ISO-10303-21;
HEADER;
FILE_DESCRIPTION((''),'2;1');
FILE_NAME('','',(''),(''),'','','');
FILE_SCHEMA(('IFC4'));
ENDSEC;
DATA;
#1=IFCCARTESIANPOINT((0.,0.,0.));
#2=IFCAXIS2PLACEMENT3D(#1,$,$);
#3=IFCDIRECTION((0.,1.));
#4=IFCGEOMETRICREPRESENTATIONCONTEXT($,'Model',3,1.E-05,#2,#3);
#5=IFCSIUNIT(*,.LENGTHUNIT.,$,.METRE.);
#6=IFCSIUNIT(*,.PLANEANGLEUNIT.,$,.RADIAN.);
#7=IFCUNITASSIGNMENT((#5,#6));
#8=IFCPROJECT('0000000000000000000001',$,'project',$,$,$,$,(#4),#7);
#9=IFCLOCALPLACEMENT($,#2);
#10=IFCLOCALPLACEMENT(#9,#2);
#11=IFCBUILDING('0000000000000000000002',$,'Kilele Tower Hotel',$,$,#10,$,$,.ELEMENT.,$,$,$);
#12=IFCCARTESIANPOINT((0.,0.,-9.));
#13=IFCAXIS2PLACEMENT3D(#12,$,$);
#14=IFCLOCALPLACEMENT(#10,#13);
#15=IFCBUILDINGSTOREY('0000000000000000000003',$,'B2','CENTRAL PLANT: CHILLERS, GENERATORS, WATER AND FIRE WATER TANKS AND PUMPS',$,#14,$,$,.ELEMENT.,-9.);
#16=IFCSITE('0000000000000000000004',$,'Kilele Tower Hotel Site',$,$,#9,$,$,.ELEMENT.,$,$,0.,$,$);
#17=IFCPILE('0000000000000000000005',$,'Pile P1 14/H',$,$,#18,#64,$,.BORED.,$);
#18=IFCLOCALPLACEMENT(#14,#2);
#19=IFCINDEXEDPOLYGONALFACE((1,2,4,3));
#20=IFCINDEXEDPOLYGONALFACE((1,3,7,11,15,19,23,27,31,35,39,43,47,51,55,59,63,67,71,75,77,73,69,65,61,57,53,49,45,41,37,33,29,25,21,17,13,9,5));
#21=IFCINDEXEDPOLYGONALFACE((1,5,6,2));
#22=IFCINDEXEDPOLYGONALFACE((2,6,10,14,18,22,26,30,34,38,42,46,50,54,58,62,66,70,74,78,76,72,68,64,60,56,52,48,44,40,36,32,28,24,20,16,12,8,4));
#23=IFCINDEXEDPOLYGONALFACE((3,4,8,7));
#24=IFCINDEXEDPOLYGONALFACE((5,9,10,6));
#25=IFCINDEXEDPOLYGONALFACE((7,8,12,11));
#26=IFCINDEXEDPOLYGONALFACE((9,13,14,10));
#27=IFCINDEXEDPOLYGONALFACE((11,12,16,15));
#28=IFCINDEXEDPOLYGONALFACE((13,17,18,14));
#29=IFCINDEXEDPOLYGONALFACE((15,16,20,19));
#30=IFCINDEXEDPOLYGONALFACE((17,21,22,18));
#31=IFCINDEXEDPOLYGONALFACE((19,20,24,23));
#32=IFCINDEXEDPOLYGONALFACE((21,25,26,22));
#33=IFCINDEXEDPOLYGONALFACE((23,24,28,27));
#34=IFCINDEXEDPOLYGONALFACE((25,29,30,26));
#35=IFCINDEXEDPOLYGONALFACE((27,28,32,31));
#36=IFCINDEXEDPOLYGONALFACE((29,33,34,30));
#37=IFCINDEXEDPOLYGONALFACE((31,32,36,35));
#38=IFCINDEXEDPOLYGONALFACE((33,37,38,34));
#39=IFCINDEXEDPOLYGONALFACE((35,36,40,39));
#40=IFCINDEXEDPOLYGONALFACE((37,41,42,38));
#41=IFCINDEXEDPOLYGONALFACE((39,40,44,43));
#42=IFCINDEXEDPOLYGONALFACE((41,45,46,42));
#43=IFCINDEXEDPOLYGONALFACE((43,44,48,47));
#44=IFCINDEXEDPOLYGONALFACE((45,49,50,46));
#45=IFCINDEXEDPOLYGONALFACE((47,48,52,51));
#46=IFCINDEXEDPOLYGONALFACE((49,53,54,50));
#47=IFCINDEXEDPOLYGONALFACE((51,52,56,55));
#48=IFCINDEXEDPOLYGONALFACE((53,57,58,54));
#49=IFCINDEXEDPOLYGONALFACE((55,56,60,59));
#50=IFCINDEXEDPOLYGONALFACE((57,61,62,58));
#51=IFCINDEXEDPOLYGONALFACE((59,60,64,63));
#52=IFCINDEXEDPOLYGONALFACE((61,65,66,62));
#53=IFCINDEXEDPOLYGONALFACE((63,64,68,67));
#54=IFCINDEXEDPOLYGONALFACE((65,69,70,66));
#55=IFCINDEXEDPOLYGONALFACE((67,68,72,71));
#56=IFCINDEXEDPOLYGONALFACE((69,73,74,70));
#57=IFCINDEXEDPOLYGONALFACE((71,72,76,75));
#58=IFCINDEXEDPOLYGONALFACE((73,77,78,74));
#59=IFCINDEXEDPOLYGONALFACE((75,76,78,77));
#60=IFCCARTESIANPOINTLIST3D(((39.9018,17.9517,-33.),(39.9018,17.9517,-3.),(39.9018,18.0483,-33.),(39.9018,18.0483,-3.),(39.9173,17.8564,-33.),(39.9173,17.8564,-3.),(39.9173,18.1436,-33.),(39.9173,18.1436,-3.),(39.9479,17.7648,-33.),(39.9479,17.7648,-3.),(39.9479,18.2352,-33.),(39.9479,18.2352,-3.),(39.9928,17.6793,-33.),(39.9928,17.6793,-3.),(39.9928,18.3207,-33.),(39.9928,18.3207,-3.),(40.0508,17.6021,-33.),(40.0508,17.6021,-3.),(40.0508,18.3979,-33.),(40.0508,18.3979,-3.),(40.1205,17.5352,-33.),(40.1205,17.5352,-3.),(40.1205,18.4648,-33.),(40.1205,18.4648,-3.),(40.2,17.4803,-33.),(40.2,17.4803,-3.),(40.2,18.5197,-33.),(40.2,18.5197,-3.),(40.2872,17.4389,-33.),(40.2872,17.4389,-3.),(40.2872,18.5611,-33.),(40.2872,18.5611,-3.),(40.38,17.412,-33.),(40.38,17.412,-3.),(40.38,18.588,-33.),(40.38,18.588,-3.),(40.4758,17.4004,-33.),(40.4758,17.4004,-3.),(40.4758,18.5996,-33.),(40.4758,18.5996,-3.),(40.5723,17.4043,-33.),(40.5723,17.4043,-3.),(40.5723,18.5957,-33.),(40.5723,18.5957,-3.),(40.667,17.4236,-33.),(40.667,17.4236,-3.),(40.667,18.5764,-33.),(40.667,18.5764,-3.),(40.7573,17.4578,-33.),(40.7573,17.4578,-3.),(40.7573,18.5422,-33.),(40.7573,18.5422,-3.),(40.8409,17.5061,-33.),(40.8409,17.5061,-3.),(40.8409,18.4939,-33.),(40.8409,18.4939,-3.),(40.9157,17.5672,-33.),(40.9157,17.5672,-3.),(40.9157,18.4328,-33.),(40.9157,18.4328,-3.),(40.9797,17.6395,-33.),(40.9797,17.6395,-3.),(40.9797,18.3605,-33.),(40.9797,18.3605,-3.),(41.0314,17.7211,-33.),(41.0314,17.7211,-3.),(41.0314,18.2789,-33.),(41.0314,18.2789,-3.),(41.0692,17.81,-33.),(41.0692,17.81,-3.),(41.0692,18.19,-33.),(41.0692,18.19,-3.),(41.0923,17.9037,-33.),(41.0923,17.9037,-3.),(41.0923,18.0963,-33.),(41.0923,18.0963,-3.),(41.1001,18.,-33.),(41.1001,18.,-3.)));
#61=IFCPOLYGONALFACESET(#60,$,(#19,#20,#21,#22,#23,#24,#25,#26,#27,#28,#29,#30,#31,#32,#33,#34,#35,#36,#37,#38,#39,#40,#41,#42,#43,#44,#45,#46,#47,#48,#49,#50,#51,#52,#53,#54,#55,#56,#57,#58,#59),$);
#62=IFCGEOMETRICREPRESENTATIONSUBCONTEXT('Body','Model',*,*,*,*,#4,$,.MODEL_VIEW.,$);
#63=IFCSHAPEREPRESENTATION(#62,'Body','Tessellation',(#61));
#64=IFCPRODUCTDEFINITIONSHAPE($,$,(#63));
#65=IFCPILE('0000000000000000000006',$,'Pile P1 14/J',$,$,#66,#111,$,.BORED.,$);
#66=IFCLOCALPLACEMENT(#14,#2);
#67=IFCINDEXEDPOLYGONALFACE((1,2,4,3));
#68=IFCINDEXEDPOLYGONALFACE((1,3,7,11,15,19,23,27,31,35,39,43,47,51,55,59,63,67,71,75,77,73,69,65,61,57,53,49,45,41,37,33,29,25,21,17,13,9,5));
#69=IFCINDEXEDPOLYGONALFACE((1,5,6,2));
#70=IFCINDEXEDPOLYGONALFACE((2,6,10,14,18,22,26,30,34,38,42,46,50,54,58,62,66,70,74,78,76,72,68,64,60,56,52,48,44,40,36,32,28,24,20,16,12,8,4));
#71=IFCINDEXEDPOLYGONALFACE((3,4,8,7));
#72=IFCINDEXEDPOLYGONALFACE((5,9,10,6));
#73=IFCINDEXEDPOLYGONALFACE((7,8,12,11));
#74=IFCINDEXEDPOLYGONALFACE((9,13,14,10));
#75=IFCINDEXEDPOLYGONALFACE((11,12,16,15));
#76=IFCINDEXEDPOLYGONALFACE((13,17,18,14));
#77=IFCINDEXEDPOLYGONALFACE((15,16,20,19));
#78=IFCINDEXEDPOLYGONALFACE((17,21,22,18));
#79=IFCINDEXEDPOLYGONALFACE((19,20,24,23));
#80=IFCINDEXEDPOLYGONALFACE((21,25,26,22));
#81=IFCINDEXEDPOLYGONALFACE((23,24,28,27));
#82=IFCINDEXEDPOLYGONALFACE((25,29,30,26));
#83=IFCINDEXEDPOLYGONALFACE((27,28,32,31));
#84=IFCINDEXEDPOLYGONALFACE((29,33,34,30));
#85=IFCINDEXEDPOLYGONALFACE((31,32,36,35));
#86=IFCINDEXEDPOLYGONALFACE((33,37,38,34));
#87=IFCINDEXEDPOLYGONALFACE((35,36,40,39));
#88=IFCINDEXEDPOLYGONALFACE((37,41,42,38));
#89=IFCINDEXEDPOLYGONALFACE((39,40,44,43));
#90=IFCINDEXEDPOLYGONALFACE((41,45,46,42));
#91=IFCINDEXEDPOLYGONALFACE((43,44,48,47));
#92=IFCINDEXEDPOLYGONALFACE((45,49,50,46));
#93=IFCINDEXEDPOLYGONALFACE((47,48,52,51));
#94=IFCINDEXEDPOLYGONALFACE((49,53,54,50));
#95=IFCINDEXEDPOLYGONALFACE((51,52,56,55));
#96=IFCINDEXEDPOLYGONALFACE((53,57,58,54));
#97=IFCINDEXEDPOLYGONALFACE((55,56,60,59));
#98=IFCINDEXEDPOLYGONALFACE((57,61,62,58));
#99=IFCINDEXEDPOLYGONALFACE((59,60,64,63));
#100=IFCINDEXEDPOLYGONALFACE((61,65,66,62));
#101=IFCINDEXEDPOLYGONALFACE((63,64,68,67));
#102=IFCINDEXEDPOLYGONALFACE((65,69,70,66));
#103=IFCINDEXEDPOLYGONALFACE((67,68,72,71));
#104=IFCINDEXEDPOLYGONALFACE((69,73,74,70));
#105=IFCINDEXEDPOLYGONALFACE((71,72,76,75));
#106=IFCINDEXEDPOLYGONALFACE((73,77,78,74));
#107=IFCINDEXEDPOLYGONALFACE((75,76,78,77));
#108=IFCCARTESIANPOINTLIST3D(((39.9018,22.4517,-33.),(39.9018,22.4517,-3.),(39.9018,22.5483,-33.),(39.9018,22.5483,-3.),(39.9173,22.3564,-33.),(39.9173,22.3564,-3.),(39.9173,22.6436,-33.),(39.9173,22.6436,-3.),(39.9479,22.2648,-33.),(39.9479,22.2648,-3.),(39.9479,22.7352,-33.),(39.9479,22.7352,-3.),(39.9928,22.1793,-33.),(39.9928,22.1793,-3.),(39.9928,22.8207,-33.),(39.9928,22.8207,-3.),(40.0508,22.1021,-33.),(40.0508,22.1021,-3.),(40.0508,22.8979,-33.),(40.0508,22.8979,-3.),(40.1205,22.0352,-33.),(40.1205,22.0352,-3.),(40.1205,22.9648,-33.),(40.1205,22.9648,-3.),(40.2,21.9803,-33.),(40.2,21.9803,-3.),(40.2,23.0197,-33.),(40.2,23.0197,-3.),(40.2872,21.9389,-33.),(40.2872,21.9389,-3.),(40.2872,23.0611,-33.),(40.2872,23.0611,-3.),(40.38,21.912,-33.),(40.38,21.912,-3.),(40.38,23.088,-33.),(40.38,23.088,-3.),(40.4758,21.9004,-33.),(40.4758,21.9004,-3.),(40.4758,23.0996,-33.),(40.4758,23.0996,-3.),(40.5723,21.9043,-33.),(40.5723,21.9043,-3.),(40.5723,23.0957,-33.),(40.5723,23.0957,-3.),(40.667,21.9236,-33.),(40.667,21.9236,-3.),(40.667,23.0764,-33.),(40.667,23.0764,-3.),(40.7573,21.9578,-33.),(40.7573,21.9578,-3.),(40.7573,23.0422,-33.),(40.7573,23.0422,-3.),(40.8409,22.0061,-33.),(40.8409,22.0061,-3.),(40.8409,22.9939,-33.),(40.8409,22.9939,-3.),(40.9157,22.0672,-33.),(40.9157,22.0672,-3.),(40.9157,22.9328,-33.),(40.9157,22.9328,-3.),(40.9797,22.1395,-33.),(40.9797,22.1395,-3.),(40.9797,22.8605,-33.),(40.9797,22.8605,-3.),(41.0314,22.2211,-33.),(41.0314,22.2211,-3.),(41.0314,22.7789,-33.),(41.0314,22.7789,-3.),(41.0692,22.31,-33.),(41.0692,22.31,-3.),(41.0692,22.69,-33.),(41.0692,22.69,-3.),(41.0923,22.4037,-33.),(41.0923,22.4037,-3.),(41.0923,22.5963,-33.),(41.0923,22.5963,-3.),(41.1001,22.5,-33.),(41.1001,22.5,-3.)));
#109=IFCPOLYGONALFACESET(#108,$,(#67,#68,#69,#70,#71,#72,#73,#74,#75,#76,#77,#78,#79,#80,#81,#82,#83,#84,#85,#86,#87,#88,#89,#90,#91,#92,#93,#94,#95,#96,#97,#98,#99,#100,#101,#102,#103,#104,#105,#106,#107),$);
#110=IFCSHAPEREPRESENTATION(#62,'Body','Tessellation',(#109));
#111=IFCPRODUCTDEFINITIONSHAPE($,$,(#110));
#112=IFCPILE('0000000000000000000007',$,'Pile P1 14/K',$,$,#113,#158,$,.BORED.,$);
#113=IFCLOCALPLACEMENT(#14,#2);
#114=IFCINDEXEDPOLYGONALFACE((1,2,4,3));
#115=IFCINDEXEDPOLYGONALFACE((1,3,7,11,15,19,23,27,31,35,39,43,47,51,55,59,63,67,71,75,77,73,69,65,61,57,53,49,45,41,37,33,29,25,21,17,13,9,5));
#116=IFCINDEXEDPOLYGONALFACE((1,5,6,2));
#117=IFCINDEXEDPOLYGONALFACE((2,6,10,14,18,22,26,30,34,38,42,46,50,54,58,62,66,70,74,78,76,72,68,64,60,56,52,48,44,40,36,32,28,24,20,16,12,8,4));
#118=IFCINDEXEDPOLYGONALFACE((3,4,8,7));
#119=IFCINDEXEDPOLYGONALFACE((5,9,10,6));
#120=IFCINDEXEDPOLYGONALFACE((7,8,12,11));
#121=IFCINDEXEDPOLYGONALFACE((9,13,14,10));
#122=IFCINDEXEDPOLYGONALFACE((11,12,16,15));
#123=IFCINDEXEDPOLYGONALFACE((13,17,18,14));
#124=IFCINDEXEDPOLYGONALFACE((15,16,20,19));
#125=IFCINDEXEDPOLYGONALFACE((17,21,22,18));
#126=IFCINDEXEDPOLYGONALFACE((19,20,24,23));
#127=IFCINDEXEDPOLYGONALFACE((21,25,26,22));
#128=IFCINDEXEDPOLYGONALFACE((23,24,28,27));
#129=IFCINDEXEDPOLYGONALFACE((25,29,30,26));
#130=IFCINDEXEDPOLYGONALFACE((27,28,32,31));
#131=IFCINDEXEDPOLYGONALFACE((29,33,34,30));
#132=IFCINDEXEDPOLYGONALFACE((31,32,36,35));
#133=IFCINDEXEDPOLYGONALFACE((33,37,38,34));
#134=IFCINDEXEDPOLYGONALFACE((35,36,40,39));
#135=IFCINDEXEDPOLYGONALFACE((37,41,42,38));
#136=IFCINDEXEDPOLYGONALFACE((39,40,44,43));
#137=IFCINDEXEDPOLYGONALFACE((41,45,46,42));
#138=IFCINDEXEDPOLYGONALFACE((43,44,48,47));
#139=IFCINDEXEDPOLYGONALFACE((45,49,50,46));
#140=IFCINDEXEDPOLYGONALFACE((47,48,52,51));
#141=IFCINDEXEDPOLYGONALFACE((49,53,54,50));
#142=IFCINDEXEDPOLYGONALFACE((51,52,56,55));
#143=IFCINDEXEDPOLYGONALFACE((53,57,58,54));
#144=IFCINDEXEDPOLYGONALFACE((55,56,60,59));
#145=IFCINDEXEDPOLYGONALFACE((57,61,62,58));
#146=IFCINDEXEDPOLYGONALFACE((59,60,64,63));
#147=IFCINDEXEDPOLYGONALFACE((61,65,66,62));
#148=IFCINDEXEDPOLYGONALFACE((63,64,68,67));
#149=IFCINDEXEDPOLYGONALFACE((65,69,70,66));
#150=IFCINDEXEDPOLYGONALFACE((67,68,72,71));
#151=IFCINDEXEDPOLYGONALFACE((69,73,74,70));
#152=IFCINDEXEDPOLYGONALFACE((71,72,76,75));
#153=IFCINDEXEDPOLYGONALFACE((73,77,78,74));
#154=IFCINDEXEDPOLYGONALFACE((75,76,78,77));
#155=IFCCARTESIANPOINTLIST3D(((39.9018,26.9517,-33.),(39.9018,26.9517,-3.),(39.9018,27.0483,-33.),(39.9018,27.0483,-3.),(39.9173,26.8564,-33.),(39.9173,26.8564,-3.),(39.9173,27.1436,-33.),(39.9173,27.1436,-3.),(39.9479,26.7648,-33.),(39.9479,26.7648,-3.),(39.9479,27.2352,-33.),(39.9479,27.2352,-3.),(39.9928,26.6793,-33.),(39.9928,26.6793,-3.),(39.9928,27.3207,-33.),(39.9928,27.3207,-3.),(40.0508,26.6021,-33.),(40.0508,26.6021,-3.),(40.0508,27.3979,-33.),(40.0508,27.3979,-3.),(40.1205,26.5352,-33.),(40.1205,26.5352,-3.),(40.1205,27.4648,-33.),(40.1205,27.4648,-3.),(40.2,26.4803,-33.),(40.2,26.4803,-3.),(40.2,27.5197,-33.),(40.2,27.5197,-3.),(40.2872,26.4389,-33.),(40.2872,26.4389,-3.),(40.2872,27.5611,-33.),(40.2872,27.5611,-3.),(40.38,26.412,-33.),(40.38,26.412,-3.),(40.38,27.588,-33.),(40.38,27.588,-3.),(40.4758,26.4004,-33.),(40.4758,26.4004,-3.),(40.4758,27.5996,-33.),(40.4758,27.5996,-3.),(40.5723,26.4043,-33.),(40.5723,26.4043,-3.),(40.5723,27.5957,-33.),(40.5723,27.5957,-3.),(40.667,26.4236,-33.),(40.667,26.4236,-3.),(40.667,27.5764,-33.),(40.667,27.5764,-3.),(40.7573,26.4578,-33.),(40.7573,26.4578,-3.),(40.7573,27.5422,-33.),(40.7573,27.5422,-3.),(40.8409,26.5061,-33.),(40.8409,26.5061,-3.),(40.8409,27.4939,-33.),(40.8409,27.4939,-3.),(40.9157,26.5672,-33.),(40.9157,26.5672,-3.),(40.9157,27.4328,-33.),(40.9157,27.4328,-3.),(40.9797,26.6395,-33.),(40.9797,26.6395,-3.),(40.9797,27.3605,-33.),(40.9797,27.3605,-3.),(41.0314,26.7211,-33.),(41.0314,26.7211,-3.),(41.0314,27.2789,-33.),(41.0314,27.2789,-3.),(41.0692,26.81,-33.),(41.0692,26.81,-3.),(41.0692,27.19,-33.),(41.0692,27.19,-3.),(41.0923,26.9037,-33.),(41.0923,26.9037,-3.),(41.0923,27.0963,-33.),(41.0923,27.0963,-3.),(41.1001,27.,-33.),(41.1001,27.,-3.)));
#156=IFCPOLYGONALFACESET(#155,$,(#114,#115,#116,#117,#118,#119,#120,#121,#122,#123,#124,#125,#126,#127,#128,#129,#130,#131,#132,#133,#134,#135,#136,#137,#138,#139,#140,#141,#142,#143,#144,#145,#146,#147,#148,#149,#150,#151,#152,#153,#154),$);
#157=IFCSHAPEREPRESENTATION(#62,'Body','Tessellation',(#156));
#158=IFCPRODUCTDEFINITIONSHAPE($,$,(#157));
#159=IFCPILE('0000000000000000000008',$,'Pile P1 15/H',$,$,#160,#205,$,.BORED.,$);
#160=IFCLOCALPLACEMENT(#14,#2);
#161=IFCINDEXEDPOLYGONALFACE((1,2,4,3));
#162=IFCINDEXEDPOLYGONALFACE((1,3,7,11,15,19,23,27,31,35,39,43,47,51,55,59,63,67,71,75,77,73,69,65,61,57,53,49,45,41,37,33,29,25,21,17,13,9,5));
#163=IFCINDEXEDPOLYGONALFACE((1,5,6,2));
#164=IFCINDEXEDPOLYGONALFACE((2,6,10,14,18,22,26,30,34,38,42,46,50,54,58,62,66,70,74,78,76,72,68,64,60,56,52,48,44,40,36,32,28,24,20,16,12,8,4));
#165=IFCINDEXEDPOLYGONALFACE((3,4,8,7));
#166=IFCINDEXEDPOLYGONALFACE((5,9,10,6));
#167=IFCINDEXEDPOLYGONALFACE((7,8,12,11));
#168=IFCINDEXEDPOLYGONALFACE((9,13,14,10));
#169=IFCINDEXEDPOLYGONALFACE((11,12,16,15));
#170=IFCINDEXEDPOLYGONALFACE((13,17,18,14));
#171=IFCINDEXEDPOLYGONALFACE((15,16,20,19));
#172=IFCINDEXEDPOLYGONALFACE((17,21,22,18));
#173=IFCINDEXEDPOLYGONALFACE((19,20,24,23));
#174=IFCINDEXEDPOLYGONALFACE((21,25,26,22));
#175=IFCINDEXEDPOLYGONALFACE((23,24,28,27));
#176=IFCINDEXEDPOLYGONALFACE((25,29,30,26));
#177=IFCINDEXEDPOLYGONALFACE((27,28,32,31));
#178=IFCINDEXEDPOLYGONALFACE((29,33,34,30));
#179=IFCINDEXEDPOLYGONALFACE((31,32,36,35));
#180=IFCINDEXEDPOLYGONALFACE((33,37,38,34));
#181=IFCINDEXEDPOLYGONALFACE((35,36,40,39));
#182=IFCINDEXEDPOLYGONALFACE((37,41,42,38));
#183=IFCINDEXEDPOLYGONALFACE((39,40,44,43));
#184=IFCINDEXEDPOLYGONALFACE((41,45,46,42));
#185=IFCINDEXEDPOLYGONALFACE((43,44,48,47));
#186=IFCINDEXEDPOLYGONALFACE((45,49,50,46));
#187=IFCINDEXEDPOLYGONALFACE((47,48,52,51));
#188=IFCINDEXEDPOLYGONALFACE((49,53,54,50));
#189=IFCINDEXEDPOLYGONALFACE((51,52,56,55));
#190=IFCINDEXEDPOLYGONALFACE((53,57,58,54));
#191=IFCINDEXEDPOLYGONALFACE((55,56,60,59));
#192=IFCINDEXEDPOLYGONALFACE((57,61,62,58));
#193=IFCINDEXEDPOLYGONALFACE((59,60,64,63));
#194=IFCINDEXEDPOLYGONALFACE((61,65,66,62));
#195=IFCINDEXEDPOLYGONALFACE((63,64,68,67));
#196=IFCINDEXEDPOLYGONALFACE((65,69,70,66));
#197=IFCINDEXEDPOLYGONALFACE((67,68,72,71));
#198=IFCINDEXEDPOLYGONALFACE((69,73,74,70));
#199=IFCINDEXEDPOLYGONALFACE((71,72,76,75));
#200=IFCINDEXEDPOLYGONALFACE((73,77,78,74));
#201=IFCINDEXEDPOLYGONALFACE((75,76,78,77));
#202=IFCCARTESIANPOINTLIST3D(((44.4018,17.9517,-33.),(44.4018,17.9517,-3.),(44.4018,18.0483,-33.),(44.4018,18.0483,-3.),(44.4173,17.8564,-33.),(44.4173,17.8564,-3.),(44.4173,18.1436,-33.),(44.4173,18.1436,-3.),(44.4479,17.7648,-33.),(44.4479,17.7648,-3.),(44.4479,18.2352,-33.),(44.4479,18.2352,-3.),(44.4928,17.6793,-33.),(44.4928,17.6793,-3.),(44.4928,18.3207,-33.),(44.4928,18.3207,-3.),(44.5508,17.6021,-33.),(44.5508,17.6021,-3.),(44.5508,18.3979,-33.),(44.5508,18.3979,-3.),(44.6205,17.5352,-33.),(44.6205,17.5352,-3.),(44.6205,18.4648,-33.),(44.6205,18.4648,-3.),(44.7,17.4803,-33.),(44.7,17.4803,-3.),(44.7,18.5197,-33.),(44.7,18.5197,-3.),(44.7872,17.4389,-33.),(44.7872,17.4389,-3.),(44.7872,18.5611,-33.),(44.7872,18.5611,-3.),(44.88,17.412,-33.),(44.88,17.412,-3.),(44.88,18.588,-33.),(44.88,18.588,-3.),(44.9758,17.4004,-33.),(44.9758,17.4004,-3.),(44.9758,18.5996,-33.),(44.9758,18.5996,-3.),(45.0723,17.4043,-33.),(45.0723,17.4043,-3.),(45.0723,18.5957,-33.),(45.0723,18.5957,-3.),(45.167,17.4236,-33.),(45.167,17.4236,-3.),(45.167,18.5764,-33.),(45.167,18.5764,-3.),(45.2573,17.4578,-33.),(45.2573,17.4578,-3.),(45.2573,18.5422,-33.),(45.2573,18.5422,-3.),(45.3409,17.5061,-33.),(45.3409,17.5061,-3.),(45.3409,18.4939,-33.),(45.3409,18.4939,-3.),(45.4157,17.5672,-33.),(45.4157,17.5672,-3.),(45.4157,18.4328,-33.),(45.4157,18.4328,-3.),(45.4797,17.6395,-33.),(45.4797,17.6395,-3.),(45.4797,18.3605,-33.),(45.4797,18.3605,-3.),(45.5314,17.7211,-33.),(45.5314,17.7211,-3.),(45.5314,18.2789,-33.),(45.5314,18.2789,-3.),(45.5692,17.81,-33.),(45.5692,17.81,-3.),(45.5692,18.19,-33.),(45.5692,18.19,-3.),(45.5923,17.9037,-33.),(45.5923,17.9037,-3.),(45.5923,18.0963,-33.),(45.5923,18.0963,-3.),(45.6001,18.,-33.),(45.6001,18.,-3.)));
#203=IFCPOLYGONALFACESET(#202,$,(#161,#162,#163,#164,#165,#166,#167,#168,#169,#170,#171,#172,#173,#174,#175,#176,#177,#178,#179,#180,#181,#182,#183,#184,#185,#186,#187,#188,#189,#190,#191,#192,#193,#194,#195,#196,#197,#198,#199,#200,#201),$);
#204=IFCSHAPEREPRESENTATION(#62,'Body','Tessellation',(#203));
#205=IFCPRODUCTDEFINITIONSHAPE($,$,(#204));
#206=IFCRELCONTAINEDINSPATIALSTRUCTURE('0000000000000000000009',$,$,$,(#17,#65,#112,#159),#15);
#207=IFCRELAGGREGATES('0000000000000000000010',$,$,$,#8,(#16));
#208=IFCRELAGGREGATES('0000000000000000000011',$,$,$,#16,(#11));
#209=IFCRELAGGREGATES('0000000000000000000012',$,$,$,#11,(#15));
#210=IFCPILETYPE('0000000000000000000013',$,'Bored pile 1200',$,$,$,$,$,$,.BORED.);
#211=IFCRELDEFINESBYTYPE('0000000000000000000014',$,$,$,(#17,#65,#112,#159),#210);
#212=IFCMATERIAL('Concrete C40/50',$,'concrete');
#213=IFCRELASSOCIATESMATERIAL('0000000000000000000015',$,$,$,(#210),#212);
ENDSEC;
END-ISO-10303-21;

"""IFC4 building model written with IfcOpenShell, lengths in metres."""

from ifc_helpers import new_model, si_unit, direction, frame, origin, origin_2d, place, context, subcontext, project, spatial, circle, extrude, material, material_profile, profile_set, type_object, element, save


model = new_model("IFC4")

# Units and contexts
model_context = context("Model", 3, precision=1e-05, world=origin(), true_north=direction((0.0, 1.0)))
body_context = subcontext(model_context, "Body", "Model", "MODEL_VIEW")
ifc_project = project(units=[si_unit("LENGTHUNIT", "METRE"), si_unit("PLANEANGLEUNIT", "RADIAN")], contexts=[model_context])

# Site, building, storey
site_placement = place(None, origin())
site = spatial("IfcSite", under=ifc_project, at=site_placement, Name="Kilele Tower Hotel Site", CompositionType="ELEMENT", RefElevation=0.0)
building_placement = place(site_placement, origin())
building = spatial("IfcBuilding", under=site, at=building_placement, Name="Kilele Tower Hotel", CompositionType="ELEMENT")
storey_placement = place(building_placement, frame((0.0, 0.0, -9.0)))
storey = spatial("IfcBuildingStorey", under=building, at=storey_placement, Name="B2", Description="CENTRAL PLANT: CHILLERS, GENERATORS, WATER AND FIRE WATER TANKS AND PUMPS", CompositionType="ELEMENT", Elevation=-9.0)

# Piles
ifc_material_1 = material(Name="Concrete C40/50", Category="concrete")
ifc_material_profile_1 = material_profile(ifc_material_1, circle(Radius=0.6001, at=origin_2d()))
ifc_profile_set_1 = profile_set([ifc_material_profile_1], Name="Concrete C40/50")
pile_type = type_object("IfcPileType", Name="Bored pile 1200", PredefinedType="BORED", material=ifc_profile_set_1)
for number, where, z_axis, x_axis, name in (
    (1, (40.5, 18.0, -3.0), (0.0, 0.0, -1.0), (1.0, 0.0, 0.0), "Pile P1 14/H"),
    (2, (40.5, 22.5, -3.0), (0.0, 0.0, -1.0), (1.0, 0.0, 0.0), "Pile P1 14/J"),
    (3, (40.5, 27.0, -3.0), (0.0, 0.0, -1.0), (1.0, 0.0, 0.0), "Pile P1 14/K"),
    (4, (45.0, 18.0, -3.0), (0.0, 0.0, -1.0), (1.0, 0.0, 0.0), "Pile P1 15/H"),
):
    element("IfcPile", number, at=place(storey_placement, frame(where, z_axis=z_axis, x_axis=x_axis)), inside=storey, type_object=pile_type, Name=name, PredefinedType="BORED", context=body_context, shape_type="SweptSolid", body=[
        extrude(circle(Radius=0.6001, at=origin_2d()), origin(), (0.0, 0.0, 1.0), 30.0),
    ])

save(model, "model.ifc")
